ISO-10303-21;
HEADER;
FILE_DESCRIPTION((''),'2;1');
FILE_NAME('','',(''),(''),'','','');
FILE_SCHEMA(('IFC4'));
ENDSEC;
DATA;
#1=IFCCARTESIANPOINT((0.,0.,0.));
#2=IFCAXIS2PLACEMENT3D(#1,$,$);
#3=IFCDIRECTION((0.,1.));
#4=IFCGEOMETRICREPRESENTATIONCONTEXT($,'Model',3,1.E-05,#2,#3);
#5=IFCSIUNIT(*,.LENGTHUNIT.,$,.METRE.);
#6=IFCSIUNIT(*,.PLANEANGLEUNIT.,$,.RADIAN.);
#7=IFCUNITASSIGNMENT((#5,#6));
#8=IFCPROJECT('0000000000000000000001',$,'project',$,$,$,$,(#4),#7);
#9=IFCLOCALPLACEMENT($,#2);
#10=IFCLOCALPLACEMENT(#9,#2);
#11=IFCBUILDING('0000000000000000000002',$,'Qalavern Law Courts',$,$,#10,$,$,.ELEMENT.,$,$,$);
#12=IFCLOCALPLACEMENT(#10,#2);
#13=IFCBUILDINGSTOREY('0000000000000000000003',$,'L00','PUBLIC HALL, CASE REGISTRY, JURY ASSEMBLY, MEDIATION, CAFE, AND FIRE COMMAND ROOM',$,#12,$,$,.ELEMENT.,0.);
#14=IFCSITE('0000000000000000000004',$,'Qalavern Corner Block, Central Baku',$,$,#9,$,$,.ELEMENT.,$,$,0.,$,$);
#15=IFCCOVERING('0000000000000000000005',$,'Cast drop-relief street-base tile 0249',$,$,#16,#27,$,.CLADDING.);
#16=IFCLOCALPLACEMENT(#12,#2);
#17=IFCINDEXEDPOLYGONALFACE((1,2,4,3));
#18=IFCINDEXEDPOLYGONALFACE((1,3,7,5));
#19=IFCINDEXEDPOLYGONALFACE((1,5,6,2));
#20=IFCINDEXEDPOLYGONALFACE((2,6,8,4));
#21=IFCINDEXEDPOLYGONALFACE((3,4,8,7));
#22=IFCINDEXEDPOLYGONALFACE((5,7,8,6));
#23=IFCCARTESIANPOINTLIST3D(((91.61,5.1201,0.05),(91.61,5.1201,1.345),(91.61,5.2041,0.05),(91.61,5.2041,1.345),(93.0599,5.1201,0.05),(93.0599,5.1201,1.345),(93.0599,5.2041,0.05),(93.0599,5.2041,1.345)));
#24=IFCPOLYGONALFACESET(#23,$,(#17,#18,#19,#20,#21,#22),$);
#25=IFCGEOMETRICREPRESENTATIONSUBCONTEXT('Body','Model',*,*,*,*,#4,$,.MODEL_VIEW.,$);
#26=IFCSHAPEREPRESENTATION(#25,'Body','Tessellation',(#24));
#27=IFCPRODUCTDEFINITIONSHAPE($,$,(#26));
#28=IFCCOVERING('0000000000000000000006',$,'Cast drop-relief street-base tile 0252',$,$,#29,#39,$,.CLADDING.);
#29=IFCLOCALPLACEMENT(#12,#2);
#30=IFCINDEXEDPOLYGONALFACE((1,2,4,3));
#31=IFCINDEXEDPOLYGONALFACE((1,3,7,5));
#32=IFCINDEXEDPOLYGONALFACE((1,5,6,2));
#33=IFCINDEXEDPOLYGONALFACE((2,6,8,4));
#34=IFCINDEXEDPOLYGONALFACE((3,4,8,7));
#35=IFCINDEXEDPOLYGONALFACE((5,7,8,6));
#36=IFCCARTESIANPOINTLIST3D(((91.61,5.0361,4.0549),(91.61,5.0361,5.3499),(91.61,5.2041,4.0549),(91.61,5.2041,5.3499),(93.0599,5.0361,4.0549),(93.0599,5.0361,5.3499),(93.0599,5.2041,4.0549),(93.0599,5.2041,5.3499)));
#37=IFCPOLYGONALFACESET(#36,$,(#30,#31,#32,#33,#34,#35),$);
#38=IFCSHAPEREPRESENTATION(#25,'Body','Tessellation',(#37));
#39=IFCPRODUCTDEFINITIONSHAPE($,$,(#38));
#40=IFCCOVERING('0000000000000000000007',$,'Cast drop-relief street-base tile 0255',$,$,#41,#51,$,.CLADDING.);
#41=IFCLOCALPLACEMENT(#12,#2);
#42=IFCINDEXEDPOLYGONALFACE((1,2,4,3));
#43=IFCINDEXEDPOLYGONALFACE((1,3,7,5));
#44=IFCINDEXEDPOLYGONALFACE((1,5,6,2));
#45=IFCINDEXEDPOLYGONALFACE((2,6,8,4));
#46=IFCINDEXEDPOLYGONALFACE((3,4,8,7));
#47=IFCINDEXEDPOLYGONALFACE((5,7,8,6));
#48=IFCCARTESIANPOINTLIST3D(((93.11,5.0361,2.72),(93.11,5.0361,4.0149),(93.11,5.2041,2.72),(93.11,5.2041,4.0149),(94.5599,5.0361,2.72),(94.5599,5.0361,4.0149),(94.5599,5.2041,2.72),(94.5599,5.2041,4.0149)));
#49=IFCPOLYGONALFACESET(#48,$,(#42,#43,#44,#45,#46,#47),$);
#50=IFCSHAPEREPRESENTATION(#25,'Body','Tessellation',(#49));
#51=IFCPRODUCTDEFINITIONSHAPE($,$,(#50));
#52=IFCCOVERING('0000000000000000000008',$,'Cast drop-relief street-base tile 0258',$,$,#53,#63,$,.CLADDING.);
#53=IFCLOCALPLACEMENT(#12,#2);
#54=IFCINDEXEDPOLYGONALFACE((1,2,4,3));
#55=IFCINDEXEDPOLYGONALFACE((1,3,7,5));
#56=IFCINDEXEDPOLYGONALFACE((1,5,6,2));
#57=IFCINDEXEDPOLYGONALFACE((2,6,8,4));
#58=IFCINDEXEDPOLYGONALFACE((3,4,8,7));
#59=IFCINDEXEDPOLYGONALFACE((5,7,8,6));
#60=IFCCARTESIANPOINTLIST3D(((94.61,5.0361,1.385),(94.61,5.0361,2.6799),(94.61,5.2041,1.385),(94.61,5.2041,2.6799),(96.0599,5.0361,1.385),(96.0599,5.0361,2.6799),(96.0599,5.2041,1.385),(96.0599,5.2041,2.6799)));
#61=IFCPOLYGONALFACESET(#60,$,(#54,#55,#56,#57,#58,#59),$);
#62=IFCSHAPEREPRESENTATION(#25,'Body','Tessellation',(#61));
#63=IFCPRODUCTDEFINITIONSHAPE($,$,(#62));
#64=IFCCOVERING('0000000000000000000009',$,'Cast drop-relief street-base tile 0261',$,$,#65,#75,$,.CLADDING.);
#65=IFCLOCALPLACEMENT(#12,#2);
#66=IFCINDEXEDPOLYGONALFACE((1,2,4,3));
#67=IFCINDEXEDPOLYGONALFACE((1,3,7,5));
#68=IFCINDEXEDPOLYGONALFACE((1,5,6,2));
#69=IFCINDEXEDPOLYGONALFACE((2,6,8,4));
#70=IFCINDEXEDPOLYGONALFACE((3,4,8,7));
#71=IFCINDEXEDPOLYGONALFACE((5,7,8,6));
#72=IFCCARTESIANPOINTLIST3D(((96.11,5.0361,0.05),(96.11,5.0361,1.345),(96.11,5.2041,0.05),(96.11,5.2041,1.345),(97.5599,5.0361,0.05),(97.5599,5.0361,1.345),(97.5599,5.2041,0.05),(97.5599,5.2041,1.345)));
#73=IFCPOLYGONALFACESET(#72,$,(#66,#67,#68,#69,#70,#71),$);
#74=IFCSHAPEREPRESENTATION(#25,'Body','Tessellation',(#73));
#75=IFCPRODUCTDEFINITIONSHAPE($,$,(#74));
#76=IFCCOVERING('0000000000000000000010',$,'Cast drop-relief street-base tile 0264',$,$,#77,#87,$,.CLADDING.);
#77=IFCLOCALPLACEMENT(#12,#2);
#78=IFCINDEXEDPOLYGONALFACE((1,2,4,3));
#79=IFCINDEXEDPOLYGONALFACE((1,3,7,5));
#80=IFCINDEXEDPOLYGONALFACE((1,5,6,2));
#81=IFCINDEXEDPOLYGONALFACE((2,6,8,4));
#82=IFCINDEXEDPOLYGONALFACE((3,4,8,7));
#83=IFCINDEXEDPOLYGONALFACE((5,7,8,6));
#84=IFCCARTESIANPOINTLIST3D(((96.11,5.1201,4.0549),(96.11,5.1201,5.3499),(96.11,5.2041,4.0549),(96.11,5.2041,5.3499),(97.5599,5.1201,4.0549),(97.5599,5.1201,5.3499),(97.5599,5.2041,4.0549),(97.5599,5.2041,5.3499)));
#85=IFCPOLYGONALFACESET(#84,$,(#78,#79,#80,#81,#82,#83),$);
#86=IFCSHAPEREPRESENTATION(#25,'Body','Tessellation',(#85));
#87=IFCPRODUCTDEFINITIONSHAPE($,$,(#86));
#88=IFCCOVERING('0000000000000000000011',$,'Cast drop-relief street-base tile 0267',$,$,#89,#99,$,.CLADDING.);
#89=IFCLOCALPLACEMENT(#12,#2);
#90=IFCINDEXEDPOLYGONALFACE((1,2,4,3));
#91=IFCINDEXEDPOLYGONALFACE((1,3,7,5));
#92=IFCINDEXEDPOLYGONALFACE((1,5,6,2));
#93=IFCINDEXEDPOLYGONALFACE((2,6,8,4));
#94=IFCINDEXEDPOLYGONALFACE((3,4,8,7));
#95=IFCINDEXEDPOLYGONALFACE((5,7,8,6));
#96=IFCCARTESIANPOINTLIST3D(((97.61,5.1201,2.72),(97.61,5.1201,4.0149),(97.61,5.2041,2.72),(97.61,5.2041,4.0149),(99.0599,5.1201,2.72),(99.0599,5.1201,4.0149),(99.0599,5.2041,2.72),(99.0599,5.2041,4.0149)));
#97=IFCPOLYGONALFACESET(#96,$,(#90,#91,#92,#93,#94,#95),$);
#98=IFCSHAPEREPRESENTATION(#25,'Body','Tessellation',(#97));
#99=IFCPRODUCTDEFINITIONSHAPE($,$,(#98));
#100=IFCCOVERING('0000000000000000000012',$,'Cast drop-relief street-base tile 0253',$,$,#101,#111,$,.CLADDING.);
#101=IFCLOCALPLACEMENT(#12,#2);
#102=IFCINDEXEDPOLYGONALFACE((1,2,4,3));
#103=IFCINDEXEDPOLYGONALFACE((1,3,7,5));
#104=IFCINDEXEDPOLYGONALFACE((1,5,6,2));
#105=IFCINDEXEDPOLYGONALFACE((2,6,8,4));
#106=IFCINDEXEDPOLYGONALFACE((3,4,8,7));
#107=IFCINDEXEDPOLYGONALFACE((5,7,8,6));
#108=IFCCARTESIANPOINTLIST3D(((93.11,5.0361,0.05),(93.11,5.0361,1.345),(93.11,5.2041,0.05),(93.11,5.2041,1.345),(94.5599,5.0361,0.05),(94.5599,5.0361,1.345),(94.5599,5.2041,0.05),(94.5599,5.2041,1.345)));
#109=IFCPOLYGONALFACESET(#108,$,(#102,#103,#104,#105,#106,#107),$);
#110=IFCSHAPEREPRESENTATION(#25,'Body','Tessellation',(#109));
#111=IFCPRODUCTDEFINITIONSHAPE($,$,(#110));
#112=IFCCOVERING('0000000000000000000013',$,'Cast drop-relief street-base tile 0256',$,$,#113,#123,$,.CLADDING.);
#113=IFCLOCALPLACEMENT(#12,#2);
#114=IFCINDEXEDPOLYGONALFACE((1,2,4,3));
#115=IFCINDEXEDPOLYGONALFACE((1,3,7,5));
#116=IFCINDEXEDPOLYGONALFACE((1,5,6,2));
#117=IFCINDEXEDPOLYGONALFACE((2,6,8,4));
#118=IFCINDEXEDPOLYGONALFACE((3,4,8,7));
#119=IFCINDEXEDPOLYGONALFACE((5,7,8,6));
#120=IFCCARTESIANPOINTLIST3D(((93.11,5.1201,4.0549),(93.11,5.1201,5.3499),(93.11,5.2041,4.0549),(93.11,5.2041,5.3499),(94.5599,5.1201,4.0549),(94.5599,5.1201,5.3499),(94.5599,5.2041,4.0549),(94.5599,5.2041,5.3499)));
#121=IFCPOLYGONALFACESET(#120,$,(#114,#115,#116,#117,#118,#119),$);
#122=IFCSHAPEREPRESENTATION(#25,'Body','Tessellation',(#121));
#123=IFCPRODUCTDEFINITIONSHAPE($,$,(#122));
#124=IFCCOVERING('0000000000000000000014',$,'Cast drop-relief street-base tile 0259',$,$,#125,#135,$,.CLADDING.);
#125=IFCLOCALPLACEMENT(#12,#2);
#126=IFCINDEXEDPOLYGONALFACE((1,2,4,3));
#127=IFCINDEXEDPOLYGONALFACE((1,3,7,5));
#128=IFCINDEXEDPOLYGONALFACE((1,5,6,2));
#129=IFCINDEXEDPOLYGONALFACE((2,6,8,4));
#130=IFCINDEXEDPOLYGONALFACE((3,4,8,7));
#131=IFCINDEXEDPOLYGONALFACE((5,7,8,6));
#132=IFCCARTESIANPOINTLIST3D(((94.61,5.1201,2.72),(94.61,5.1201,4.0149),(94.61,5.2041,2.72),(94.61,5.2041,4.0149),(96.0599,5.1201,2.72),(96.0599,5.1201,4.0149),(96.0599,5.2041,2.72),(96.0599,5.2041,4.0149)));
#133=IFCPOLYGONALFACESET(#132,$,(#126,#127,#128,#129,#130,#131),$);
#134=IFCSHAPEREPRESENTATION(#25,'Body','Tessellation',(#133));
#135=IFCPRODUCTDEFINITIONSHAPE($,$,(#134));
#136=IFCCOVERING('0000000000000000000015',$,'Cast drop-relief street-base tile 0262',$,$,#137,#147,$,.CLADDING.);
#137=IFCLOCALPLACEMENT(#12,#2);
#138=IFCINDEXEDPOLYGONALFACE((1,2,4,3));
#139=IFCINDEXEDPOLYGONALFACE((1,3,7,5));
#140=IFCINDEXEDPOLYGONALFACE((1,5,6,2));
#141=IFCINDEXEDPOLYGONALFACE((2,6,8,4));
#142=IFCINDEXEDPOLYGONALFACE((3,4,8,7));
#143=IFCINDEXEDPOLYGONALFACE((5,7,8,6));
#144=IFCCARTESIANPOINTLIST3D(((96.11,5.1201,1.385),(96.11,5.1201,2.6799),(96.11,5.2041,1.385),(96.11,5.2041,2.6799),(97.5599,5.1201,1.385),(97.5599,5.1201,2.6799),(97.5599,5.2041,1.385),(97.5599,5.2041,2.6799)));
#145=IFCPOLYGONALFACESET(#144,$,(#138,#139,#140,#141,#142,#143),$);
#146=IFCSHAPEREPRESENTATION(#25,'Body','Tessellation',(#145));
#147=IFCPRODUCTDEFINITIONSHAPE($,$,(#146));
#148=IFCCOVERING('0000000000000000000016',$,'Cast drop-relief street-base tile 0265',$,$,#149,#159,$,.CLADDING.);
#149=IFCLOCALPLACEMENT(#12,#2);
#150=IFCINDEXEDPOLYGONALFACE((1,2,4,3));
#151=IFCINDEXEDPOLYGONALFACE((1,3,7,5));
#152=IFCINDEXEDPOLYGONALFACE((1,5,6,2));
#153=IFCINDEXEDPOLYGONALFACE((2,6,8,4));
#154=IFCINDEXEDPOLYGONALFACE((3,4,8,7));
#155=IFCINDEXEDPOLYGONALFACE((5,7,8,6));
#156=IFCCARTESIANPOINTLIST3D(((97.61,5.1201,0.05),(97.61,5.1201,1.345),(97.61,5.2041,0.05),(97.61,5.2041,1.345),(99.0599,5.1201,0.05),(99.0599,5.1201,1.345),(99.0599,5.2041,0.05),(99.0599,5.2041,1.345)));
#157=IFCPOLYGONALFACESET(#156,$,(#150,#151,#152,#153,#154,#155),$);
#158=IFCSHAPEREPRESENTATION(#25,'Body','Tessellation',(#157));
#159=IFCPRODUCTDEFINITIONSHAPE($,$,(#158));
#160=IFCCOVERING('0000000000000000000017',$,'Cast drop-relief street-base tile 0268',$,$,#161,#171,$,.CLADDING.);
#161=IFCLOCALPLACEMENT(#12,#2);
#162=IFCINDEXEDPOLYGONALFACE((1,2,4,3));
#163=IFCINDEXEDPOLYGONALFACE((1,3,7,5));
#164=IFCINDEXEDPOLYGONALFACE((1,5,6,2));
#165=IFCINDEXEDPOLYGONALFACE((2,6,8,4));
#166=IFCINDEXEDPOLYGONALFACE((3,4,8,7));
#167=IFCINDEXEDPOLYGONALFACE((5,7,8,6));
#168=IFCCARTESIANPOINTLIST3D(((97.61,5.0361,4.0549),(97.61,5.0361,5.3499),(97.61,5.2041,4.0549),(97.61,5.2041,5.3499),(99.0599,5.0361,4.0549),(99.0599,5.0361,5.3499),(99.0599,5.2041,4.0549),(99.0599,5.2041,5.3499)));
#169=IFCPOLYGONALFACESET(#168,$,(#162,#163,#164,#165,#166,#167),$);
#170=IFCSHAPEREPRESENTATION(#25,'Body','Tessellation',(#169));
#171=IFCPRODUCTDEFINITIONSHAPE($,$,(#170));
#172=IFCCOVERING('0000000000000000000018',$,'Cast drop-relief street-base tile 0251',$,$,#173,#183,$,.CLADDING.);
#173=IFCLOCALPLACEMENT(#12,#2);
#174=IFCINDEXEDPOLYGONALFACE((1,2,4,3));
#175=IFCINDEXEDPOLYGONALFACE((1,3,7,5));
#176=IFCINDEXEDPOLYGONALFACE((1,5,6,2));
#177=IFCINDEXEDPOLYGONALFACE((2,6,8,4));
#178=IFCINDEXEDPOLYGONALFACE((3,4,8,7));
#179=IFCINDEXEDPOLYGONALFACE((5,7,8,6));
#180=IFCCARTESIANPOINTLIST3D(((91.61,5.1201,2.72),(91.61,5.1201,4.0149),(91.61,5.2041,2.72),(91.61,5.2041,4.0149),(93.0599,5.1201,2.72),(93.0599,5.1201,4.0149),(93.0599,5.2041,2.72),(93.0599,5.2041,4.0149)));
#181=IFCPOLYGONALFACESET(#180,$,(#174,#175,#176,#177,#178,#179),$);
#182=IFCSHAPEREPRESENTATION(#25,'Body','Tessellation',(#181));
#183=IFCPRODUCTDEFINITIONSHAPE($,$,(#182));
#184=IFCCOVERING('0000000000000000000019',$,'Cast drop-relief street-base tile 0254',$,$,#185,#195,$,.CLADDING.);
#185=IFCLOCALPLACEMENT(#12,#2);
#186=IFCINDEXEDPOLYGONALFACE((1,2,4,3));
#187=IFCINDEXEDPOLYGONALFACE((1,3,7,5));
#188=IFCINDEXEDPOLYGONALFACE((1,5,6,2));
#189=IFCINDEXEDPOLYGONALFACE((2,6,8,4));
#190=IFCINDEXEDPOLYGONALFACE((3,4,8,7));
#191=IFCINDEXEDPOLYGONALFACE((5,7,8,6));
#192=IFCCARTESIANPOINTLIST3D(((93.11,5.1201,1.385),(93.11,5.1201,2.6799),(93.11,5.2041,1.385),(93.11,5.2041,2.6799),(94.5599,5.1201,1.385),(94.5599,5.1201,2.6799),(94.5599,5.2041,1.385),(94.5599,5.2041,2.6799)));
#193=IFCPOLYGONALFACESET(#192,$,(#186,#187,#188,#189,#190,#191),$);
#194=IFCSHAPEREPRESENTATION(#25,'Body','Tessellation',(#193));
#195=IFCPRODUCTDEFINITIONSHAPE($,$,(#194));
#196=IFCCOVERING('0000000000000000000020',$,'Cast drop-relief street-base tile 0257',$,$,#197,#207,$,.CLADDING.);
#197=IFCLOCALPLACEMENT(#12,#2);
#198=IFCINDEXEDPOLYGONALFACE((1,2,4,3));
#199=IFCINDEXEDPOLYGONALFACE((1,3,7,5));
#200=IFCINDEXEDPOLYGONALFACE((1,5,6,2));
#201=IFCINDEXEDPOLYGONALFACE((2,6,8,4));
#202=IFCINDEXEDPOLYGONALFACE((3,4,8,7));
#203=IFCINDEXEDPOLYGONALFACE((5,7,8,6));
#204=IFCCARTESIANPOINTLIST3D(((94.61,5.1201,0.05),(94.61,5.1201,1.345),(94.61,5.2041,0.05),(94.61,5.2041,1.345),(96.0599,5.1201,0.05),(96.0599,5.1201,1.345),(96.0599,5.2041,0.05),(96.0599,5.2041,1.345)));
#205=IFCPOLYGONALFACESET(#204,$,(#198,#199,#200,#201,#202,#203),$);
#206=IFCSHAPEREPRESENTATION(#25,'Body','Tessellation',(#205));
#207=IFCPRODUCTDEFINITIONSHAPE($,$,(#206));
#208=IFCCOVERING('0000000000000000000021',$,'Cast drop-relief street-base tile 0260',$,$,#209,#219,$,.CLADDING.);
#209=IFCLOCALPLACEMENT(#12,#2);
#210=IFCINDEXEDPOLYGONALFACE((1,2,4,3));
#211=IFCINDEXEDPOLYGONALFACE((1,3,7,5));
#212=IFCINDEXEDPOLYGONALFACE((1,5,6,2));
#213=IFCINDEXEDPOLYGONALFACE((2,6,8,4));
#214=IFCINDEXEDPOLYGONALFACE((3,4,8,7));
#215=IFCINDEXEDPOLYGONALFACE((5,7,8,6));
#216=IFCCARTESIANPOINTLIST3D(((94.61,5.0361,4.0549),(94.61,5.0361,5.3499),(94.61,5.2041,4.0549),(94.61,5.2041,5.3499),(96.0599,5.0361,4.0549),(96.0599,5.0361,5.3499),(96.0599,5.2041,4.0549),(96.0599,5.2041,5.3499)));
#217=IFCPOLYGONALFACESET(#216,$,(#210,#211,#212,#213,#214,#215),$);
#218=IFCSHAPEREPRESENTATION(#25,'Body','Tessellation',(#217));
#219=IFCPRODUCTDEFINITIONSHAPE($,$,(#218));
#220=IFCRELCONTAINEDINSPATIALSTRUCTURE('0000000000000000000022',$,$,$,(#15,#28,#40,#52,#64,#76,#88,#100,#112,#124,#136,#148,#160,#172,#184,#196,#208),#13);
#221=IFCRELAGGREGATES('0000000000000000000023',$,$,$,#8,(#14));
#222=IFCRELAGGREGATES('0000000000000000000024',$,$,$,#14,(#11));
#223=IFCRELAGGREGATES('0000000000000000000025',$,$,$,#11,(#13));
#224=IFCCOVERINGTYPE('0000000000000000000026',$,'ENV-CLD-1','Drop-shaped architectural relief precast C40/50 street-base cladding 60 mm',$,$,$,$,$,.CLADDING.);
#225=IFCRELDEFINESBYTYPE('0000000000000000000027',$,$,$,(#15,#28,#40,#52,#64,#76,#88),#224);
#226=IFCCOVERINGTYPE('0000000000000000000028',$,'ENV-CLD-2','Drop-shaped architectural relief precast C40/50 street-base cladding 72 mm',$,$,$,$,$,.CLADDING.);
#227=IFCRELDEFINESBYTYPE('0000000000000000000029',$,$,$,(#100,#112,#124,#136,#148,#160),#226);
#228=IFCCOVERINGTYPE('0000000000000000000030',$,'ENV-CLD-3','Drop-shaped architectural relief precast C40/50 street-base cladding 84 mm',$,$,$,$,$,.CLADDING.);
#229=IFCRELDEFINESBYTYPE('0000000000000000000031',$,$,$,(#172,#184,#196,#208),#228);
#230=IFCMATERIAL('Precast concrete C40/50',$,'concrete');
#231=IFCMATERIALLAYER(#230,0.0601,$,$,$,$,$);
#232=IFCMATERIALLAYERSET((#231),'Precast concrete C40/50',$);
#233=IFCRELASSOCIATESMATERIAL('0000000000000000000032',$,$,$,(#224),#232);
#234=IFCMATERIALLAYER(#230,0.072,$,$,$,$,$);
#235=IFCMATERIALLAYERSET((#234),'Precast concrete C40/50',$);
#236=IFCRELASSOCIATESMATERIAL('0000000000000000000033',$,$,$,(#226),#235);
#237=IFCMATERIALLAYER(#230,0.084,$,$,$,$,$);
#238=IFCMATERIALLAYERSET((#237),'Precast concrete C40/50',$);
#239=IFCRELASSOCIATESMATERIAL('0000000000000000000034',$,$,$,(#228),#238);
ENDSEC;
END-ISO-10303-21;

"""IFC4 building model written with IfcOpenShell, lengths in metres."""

from ifc_helpers import new_model, si_unit, direction, frame, origin, origin_2d, place, context, subcontext, project, spatial, rectangle, extrude, material, layer, layer_set, type_object, element, save


model = new_model("IFC4")

# Units and contexts
model_context = context("Model", 3, precision=1e-05, world=origin(), true_north=direction((0.0, 1.0)))
body_context = subcontext(model_context, "Body", "Model", "MODEL_VIEW")
ifc_project = project(units=[si_unit("LENGTHUNIT", "METRE"), si_unit("PLANEANGLEUNIT", "RADIAN")], contexts=[model_context])

# Site, building, storey
site_placement = place(None, origin())
site = spatial("IfcSite", under=ifc_project, at=site_placement, Name="Qalavern Corner Block, Central Baku", CompositionType="ELEMENT", RefElevation=0.0)
building_placement = place(site_placement, origin())
building = spatial("IfcBuilding", under=site, at=building_placement, Name="Qalavern Law Courts", CompositionType="ELEMENT")
storey_placement = place(building_placement, origin())
storey = spatial("IfcBuildingStorey", under=building, at=storey_placement, Name="L00", Description="PUBLIC HALL, CASE REGISTRY, JURY ASSEMBLY, MEDIATION, CAFE, AND FIRE COMMAND ROOM", CompositionType="ELEMENT", Elevation=0.0)

# Coverings
ifc_material = material(Name="Precast concrete C40/50", Category="concrete")
ifc_layer_1 = layer(ifc_material, 0.0601)
ifc_layer_set_1 = layer_set([ifc_layer_1], Name="Precast concrete C40/50")
covering_type_1 = type_object("IfcCoveringType", Name="ENV-CLD-1", Description="Drop-shaped architectural relief precast C40/50 street-base cladding 60 mm", PredefinedType="CLADDING", material=ifc_layer_set_1)
covering_1_placement = place(storey_placement, frame((92.335, 5.1621, 0.05), z_axis=(0.0, 0.0, 1.0), x_axis=(1.0, 0.0, 0.0)))
element("IfcCovering", 1, at=covering_1_placement, inside=storey, type_object=covering_type_1, Name="Cast drop-relief street-base tile 0249", PredefinedType="CLADDING", context=body_context, shape_type="SweptSolid", body=[
    extrude(rectangle(XDim=1.45, YDim=0.084, at=origin_2d()), origin(), (0.0, 0.0, 1.0), 1.2949),
])
for number, where, z_axis, x_axis, name in (
    (2, (92.335, 5.1201, 4.0549), (0.0, 0.0, 1.0), (1.0, 0.0, 0.0), "Cast drop-relief street-base tile 0252"),
    (3, (93.835, 5.1201, 2.72), (0.0, 0.0, 1.0), (1.0, 0.0, 0.0), "Cast drop-relief street-base tile 0255"),
    (4, (95.335, 5.1201, 1.385), (0.0, 0.0, 1.0), (1.0, 0.0, 0.0), "Cast drop-relief street-base tile 0258"),
    (5, (96.835, 5.1201, 0.05), (0.0, 0.0, 1.0), (1.0, 0.0, 0.0), "Cast drop-relief street-base tile 0261"),
):
    element("IfcCovering", number, at=place(storey_placement, frame(where, z_axis=z_axis, x_axis=x_axis)), inside=storey, type_object=covering_type_1, Name=name, PredefinedType="CLADDING", context=body_context, shape_type="SweptSolid", body=[
        extrude(rectangle(XDim=1.45, YDim=0.168, at=origin_2d()), origin(), (0.0, 0.0, 1.0), 1.2949),
    ])
for number, where, z_axis, x_axis, name in (
    (6, (96.835, 5.1621, 4.0549), (0.0, 0.0, 1.0), (1.0, 0.0, 0.0), "Cast drop-relief street-base tile 0264"),
    (7, (98.335, 5.1621, 2.72), (0.0, 0.0, 1.0), (1.0, 0.0, 0.0), "Cast drop-relief street-base tile 0267"),
):
    element("IfcCovering", number, at=place(storey_placement, frame(where, z_axis=z_axis, x_axis=x_axis)), inside=storey, type_object=covering_type_1, Name=name, PredefinedType="CLADDING", context=body_context, shape_type="SweptSolid", body=[
        extrude(rectangle(XDim=1.45, YDim=0.084, at=origin_2d()), origin(), (0.0, 0.0, 1.0), 1.2949),
    ])
ifc_layer_2 = layer(ifc_material, 0.072)
ifc_layer_set_2 = layer_set([ifc_layer_2], Name="Precast concrete C40/50")
covering_type_2 = type_object("IfcCoveringType", Name="ENV-CLD-2", Description="Drop-shaped architectural relief precast C40/50 street-base cladding 72 mm", PredefinedType="CLADDING", material=ifc_layer_set_2)
covering_2_placement = place(storey_placement, frame((93.835, 5.1201, 0.05), z_axis=(0.0, 0.0, 1.0), x_axis=(1.0, 0.0, 0.0)))
element("IfcCovering", 8, at=covering_2_placement, inside=storey, type_object=covering_type_2, Name="Cast drop-relief street-base tile 0253", PredefinedType="CLADDING", context=body_context, shape_type="SweptSolid", body=[
    extrude(rectangle(XDim=1.45, YDim=0.168, at=origin_2d()), origin(), (0.0, 0.0, 1.0), 1.2949),
])
for number, where, z_axis, x_axis, name in (
    (9, (93.835, 5.1621, 4.0549), (0.0, 0.0, 1.0), (1.0, 0.0, 0.0), "Cast drop-relief street-base tile 0256"),
    (10, (95.335, 5.1621, 2.72), (0.0, 0.0, 1.0), (1.0, 0.0, 0.0), "Cast drop-relief street-base tile 0259"),
    (11, (96.835, 5.1621, 1.385), (0.0, 0.0, 1.0), (1.0, 0.0, 0.0), "Cast drop-relief street-base tile 0262"),
    (12, (98.335, 5.1621, 0.05), (0.0, 0.0, 1.0), (1.0, 0.0, 0.0), "Cast drop-relief street-base tile 0265"),
):
    element("IfcCovering", number, at=place(storey_placement, frame(where, z_axis=z_axis, x_axis=x_axis)), inside=storey, type_object=covering_type_2, Name=name, PredefinedType="CLADDING", context=body_context, shape_type="SweptSolid", body=[
        extrude(rectangle(XDim=1.45, YDim=0.084, at=origin_2d()), origin(), (0.0, 0.0, 1.0), 1.2949),
    ])
covering_3_placement = place(storey_placement, frame((98.335, 5.1201, 4.0549), z_axis=(0.0, 0.0, 1.0), x_axis=(1.0, 0.0, 0.0)))
element("IfcCovering", 13, at=covering_3_placement, inside=storey, type_object=covering_type_2, Name="Cast drop-relief street-base tile 0268", PredefinedType="CLADDING", context=body_context, shape_type="SweptSolid", body=[
    extrude(rectangle(XDim=1.45, YDim=0.168, at=origin_2d()), origin(), (0.0, 0.0, 1.0), 1.2949),
])
ifc_layer_3 = layer(ifc_material, 0.084)
ifc_layer_set_3 = layer_set([ifc_layer_3], Name="Precast concrete C40/50")
covering_type_3 = type_object("IfcCoveringType", Name="ENV-CLD-3", Description="Drop-shaped architectural relief precast C40/50 street-base cladding 84 mm", PredefinedType="CLADDING", material=ifc_layer_set_3)
for number, where, z_axis, x_axis, name in (
    (14, (92.335, 5.1621, 2.72), (0.0, 0.0, 1.0), (1.0, 0.0, 0.0), "Cast drop-relief street-base tile 0251"),
    (15, (93.835, 5.1621, 1.385), (0.0, 0.0, 1.0), (1.0, 0.0, 0.0), "Cast drop-relief street-base tile 0254"),
    (16, (95.335, 5.1621, 0.05), (0.0, 0.0, 1.0), (1.0, 0.0, 0.0), "Cast drop-relief street-base tile 0257"),
):
    element("IfcCovering", number, at=place(storey_placement, frame(where, z_axis=z_axis, x_axis=x_axis)), inside=storey, type_object=covering_type_3, Name=name, PredefinedType="CLADDING", context=body_context, shape_type="SweptSolid", body=[
        extrude(rectangle(XDim=1.45, YDim=0.084, at=origin_2d()), origin(), (0.0, 0.0, 1.0), 1.2949),
    ])
for number, where, z_axis, x_axis, name in (
    (17, (95.335, 5.1201, 4.0549), (0.0, 0.0, 1.0), (1.0, 0.0, 0.0), "Cast drop-relief street-base tile 0260"),
):
    element("IfcCovering", number, at=place(storey_placement, frame(where, z_axis=z_axis, x_axis=x_axis)), inside=storey, type_object=covering_type_3, Name=name, PredefinedType="CLADDING", context=body_context, shape_type="SweptSolid", body=[
        extrude(rectangle(XDim=1.45, YDim=0.168, at=origin_2d()), origin(), (0.0, 0.0, 1.0), 1.2949),
    ])

save(model, "model.ifc")
